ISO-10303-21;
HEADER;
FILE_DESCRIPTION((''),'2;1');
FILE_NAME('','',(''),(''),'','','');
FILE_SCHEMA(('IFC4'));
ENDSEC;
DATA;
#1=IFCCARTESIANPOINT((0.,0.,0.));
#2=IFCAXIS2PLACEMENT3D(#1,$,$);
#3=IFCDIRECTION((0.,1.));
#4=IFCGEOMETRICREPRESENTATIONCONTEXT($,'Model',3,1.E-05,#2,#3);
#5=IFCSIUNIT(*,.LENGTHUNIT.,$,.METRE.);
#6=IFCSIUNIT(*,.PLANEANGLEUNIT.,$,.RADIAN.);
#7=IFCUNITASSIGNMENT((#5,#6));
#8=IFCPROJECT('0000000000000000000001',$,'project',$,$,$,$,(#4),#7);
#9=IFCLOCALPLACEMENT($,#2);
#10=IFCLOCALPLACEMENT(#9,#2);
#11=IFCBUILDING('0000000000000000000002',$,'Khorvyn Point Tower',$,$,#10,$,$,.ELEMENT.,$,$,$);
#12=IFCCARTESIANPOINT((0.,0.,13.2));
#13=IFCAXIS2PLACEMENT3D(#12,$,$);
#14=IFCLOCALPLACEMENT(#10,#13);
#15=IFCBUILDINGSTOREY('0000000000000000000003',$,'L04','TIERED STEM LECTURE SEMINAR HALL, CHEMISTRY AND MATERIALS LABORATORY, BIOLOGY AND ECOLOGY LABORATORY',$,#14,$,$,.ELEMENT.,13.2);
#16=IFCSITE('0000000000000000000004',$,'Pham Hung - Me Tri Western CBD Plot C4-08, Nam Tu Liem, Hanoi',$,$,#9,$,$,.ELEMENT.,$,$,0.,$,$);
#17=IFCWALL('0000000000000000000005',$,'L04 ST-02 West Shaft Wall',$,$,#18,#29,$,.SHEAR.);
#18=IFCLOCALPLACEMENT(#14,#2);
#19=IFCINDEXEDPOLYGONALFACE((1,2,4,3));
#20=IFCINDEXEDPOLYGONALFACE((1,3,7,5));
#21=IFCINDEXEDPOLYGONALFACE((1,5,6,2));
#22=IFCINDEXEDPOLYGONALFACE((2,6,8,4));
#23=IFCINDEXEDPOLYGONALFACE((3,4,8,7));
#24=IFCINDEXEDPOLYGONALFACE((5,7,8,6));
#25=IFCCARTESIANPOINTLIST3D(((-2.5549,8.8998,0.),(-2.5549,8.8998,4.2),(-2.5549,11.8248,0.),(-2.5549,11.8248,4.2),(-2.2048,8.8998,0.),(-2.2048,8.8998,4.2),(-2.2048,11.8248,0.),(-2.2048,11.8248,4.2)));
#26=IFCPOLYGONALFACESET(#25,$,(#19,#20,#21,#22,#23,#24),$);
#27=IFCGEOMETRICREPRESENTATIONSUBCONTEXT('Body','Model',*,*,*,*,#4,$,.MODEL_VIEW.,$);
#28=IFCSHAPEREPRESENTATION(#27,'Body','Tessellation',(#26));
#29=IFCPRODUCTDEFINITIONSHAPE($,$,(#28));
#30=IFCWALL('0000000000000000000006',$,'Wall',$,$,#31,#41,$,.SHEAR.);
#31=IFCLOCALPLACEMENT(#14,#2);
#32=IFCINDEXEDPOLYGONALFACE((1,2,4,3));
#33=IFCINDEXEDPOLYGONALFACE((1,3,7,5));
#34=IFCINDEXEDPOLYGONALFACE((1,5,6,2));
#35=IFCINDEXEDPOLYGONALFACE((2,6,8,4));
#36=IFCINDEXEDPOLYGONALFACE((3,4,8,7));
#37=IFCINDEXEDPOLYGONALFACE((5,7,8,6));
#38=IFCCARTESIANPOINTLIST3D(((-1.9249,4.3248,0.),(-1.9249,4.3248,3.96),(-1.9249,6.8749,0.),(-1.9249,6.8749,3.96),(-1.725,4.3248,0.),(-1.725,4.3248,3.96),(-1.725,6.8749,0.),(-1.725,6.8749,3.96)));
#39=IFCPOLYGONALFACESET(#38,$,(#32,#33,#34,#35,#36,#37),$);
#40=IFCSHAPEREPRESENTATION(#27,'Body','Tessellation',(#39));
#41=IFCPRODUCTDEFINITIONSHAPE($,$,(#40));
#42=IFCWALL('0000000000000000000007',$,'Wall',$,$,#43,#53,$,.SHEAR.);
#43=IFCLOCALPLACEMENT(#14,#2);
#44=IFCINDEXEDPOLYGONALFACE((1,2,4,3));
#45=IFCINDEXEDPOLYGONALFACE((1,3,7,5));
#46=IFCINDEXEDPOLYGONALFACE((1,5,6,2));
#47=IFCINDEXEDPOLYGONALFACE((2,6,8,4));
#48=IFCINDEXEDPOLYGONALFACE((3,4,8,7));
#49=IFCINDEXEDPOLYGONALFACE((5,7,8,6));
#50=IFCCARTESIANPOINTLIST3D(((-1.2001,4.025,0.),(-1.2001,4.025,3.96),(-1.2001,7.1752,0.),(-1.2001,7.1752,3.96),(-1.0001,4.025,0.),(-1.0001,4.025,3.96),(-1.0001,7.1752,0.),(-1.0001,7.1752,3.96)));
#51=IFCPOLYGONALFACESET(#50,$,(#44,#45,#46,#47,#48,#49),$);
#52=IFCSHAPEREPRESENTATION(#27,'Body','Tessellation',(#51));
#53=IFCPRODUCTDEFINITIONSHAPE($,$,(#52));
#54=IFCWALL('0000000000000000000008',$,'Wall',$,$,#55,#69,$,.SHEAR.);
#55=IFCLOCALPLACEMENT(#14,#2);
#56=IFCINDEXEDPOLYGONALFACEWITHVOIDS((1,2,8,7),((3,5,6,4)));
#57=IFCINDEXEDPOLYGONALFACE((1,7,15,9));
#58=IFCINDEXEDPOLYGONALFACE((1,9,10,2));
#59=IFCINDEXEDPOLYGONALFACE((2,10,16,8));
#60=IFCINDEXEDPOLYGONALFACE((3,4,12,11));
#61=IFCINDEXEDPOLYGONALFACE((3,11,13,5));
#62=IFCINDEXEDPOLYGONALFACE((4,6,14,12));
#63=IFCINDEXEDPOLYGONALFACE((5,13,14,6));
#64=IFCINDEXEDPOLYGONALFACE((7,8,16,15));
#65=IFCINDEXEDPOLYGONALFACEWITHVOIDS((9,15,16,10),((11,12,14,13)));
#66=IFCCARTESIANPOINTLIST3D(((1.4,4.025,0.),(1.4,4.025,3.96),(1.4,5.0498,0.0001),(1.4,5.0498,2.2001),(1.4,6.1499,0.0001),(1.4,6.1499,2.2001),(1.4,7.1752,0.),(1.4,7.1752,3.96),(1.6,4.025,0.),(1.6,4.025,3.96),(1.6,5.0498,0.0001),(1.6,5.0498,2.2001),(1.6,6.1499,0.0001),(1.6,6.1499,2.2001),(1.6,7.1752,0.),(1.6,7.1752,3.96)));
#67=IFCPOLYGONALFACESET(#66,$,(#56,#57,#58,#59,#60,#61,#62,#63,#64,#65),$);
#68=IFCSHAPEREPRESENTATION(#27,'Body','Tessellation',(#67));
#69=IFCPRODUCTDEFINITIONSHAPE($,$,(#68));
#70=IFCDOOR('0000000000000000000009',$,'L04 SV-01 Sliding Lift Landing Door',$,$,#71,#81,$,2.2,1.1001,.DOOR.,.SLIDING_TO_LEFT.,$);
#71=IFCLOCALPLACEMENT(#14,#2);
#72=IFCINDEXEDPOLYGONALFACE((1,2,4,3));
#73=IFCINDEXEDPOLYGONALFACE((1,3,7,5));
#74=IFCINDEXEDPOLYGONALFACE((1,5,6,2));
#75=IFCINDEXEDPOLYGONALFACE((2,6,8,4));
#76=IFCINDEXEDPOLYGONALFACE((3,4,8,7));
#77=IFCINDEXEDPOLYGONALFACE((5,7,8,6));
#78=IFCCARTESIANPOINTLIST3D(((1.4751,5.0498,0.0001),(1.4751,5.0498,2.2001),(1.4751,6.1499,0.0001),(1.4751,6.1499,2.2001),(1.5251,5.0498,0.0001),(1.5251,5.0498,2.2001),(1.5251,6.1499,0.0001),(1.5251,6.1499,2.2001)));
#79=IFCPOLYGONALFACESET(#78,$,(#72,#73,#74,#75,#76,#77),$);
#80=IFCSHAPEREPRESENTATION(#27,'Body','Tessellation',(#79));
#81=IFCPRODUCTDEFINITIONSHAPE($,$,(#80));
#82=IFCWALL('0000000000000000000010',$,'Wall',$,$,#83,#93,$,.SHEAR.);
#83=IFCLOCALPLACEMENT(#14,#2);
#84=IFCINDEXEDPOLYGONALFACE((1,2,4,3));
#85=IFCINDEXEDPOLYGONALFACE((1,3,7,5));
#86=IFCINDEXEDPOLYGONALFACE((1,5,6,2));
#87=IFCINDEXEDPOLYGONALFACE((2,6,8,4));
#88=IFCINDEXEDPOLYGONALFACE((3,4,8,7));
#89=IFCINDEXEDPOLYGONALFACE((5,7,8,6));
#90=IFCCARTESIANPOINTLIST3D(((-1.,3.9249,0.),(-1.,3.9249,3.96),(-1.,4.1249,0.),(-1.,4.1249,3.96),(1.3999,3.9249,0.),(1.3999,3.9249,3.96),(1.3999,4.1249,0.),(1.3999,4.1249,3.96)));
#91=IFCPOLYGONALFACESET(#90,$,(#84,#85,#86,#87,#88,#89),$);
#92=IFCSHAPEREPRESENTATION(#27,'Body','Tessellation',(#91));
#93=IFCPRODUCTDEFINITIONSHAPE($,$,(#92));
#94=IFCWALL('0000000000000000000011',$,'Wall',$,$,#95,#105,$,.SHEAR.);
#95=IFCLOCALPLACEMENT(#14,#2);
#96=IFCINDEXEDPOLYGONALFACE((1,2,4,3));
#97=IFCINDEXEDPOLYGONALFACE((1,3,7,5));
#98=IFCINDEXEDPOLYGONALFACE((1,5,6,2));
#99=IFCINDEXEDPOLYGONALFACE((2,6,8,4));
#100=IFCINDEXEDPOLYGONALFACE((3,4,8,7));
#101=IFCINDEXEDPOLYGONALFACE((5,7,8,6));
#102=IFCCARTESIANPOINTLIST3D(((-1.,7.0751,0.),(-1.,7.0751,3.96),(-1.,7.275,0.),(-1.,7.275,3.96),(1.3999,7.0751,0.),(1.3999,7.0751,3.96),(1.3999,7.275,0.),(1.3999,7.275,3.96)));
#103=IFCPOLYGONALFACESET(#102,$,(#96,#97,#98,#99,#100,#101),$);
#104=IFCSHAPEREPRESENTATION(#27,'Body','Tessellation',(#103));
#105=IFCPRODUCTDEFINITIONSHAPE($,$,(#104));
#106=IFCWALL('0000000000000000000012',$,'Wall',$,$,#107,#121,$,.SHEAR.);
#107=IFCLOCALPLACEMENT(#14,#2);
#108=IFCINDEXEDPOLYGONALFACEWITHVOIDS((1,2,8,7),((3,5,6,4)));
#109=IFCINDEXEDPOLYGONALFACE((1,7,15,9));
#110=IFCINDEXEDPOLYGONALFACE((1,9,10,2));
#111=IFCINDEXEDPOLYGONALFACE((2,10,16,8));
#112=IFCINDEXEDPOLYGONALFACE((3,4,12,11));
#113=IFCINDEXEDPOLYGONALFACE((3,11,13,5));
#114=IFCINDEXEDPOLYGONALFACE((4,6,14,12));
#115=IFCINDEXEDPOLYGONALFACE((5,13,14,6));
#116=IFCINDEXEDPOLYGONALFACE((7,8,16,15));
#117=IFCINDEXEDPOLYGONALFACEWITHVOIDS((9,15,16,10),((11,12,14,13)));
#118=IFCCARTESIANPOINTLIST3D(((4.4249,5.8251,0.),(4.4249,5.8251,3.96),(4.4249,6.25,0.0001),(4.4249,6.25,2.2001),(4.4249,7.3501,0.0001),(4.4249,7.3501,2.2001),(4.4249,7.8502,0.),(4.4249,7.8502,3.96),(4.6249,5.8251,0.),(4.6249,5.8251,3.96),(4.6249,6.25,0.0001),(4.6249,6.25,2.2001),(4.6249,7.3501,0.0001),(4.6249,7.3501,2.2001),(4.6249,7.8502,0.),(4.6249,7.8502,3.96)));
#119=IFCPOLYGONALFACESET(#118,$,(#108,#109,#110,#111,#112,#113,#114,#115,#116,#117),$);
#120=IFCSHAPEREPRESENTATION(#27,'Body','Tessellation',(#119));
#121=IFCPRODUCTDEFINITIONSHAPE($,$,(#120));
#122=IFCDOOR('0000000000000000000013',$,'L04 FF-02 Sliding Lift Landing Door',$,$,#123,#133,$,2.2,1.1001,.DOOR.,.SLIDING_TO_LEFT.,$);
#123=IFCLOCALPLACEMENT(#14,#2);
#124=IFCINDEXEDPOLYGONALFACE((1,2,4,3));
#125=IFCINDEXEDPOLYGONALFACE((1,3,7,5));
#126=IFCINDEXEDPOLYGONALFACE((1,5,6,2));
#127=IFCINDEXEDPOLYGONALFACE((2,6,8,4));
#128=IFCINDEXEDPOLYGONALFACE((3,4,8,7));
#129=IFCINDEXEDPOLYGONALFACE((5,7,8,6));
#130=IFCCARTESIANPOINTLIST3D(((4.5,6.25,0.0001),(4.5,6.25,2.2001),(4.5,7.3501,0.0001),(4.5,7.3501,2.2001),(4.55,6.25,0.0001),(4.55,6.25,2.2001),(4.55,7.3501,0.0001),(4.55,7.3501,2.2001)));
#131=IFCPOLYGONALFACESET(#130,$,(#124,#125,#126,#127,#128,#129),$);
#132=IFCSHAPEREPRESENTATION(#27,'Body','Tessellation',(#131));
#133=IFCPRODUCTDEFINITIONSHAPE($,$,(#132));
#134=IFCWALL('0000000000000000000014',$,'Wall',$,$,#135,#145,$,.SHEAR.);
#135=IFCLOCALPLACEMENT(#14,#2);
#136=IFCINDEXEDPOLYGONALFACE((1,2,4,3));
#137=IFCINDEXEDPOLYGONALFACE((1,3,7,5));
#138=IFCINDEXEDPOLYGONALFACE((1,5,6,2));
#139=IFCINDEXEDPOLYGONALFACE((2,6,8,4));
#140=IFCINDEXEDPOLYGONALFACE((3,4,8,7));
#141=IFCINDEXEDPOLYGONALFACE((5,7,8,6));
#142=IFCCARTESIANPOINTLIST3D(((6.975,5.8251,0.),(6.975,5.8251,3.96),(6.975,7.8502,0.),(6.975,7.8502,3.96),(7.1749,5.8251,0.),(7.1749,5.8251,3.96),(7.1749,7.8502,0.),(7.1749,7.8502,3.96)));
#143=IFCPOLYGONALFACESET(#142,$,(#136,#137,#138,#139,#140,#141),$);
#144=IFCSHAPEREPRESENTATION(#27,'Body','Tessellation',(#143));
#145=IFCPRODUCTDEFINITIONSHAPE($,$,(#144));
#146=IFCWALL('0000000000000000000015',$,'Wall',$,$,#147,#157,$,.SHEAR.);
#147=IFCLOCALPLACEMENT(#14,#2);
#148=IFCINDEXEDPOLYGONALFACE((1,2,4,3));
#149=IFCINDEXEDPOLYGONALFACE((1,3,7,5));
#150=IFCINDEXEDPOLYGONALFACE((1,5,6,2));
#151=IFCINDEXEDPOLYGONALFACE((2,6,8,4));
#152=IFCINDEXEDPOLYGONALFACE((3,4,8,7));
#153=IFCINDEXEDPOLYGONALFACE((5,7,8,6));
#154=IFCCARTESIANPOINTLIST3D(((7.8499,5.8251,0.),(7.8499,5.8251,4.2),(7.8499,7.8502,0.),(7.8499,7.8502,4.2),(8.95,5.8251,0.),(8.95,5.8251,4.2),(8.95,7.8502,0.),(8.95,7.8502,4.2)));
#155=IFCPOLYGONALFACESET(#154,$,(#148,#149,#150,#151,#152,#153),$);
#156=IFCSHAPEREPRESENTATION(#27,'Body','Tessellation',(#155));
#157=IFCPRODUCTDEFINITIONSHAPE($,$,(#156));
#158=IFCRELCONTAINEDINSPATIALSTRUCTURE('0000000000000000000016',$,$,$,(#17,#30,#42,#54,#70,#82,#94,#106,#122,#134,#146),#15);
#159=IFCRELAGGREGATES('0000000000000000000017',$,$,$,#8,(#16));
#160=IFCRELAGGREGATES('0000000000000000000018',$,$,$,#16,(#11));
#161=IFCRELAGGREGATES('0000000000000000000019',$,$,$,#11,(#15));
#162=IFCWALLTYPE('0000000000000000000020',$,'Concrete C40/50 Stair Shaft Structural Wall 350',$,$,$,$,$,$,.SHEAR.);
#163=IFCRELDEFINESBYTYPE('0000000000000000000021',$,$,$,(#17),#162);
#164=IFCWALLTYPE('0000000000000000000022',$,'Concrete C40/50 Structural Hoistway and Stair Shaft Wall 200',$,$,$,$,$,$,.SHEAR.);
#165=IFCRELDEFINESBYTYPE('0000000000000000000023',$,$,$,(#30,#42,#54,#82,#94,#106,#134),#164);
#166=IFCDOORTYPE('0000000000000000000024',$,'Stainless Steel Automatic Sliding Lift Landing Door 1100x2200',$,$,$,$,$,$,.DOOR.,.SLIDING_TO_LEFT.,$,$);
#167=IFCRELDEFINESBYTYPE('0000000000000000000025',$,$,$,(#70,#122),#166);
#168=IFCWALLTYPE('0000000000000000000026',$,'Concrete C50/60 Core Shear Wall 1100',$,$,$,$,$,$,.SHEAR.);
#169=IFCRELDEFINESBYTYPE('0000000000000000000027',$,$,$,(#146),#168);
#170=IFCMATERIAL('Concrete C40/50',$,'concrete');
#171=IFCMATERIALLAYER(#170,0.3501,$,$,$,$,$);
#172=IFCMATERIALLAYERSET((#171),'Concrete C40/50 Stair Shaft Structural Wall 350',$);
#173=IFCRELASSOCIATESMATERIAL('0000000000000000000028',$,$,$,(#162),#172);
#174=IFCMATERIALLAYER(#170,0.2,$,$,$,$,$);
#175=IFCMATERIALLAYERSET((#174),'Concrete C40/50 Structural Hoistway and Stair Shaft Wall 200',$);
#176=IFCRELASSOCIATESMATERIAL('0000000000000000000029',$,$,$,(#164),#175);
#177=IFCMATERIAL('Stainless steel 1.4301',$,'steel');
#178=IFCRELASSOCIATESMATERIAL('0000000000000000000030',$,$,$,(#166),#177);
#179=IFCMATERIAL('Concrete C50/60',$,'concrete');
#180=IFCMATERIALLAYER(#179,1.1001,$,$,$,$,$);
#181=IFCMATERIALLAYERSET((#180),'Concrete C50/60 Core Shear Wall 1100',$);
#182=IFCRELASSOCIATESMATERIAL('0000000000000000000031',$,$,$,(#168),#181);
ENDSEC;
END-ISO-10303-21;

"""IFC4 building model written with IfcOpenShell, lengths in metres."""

from ifc_helpers import new_model, si_unit, direction, frame, frame_2d, origin, place, context, subcontext, project, spatial, rectangle, extrude, material, layer, layer_set, type_object, element, fill, save


model = new_model("IFC4")

# Units and contexts
model_context = context("Model", 3, precision=1e-05, world=origin(), true_north=direction((0.0, 1.0)))
body_context = subcontext(model_context, "Body", "Model", "MODEL_VIEW")
ifc_project = project(units=[si_unit("LENGTHUNIT", "METRE"), si_unit("PLANEANGLEUNIT", "RADIAN")], contexts=[model_context])

# Site, building, storey
site_placement = place(None, origin())
site = spatial("IfcSite", under=ifc_project, at=site_placement, Name="Pham Hung - Me Tri Western CBD Plot C4-08, Nam Tu Liem, Hanoi", CompositionType="ELEMENT", RefElevation=0.0)
building_placement = place(site_placement, origin())
building = spatial("IfcBuilding", under=site, at=building_placement, Name="Khorvyn Point Tower", CompositionType="ELEMENT")
storey_placement = place(building_placement, frame((0.0, 0.0, 13.2)))
storey = spatial("IfcBuildingStorey", under=building, at=storey_placement, Name="L04", Description="TIERED STEM LECTURE SEMINAR HALL, CHEMISTRY AND MATERIALS LABORATORY, BIOLOGY AND ECOLOGY LABORATORY", CompositionType="ELEMENT", Elevation=13.2)

# Shared definitions
ifc_material_1 = material(Name="Concrete C40/50", Category="concrete")
ifc_material_2 = material(Name="Concrete C50/60", Category="concrete")

# Walls
ifc_layer_1 = layer(ifc_material_1, 0.3501)
ifc_layer_set_1 = layer_set([ifc_layer_1], Name="Concrete C40/50 Stair Shaft Structural Wall 350")
wall_type_1 = type_object("IfcWallType", Name="Concrete C40/50 Stair Shaft Structural Wall 350", PredefinedType="SHEAR", material=ifc_layer_set_1)
wall_1_placement = place(storey_placement, frame((-2.3799, 8.8999, 0.0), z_axis=(0.0, 0.0, 1.0), x_axis=(0.0, 1.0, 0.0)))
element("IfcWall", 1, at=wall_1_placement, inside=storey, type_object=wall_type_1, Name="L04 ST-02 West Shaft Wall", PredefinedType="SHEAR", context=body_context, shape_type="SweptSolid", body=[
    extrude(rectangle(XDim=2.925, YDim=0.3501, at=frame_2d((1.4624, 0.0))), origin(), (0.0, 0.0, 1.0), 4.2),
])
ifc_layer_2 = layer(ifc_material_1, 0.2)
ifc_layer_set_2 = layer_set([ifc_layer_2], Name="Concrete C40/50 Structural Hoistway and Stair Shaft Wall 200")
wall_type_2 = type_object("IfcWallType", Name="Concrete C40/50 Structural Hoistway and Stair Shaft Wall 200", PredefinedType="SHEAR", material=ifc_layer_set_2)
wall_2_placement = place(storey_placement, frame((-1.825, 4.325, 0.0), z_axis=(0.0, 0.0, 1.0), x_axis=(0.0, 1.0, 0.0)))
element("IfcWall", 2, at=wall_2_placement, inside=storey, type_object=wall_type_2, Name="Wall", PredefinedType="SHEAR", context=body_context, shape_type="SweptSolid", body=[
    extrude(rectangle(XDim=2.55, YDim=0.2, at=frame_2d((1.2749, 0.0))), origin(), (0.0, 0.0, 1.0), 3.96),
])
wall_3_placement = place(storey_placement, frame((-1.1001, 4.0249, 0.0), z_axis=(0.0, 0.0, 1.0), x_axis=(0.0, 1.0, 0.0)))
element("IfcWall", 3, at=wall_3_placement, inside=storey, type_object=wall_type_2, Name="Wall", PredefinedType="SHEAR", context=body_context, shape_type="SweptSolid", body=[
    extrude(rectangle(XDim=3.1501, YDim=0.2, at=frame_2d((1.5752, 0.0))), origin(), (0.0, 0.0, 1.0), 3.96),
])

# Wall, opening, door
wall_4_placement = place(storey_placement, frame((1.5, 4.0249, 0.0), z_axis=(0.0, 0.0, 1.0), x_axis=(0.0, 1.0, 0.0)))
wall_4 = element("IfcWall", 4, at=wall_4_placement, inside=storey, type_object=wall_type_2, Name="Wall", PredefinedType="SHEAR", context=body_context, shape_type="SweptSolid", body=[
    extrude(rectangle(XDim=3.1501, YDim=0.2, at=frame_2d((1.5752, 0.0))), origin(), (0.0, 0.0, 1.0), 3.96),
])
opening_1_placement = place(wall_4_placement, frame((1.0249, 0.0, 0.0)))
opening_1 = element("IfcOpeningElement", 5, at=opening_1_placement, cuts=wall_4, PredefinedType="OPENING", context=body_context, shape_type="SweptSolid", body=[
    extrude(rectangle(XDim=1.1001, YDim=2.2, at=frame_2d((0.55, 1.1001))), frame((0.0, 0.1099, 0.0), z_axis=(0.0, -1.0, 0.0), x_axis=(1.0, 0.0, 0.0)), (0.0, 0.0, 1.0), 0.22),
])
ifc_material_3 = material(Name="Stainless steel 1.4301", Category="steel")
door_type = type_object("IfcDoorType", Name="Stainless Steel Automatic Sliding Lift Landing Door 1100x2200", OperationType="SLIDING_TO_LEFT", PredefinedType="DOOR", material=ifc_material_3)
door_1_placement = place(opening_1_placement, origin())
door_1 = element("IfcDoor", 6, at=door_1_placement, inside=storey, type_object=door_type, Name="L04 SV-01 Sliding Lift Landing Door", OperationType="SLIDING_TO_LEFT", OverallHeight=2.2, OverallWidth=1.1001, PredefinedType="DOOR", context=body_context, shape_type="SweptSolid", body=[
    extrude(rectangle(XDim=1.1001, YDim=2.2, at=frame_2d((0.55, 1.1001))), frame((0.0, 0.0249, 0.0), z_axis=(0.0, -1.0, 0.0), x_axis=(1.0, 0.0, 0.0)), (0.0, 0.0, 1.0), 0.05),
])
fill(opening_1, door_1)

# Walls
for number, where, z_axis, x_axis, name in (
    (7, (-1.0, 4.0249, 0.0), (0.0, 0.0, 1.0), (1.0, 0.0, 0.0), "Wall"),
    (8, (-1.0, 7.175, 0.0), (0.0, 0.0, 1.0), (1.0, 0.0, 0.0), "Wall"),
):
    element("IfcWall", number, at=place(storey_placement, frame(where, z_axis=z_axis, x_axis=x_axis)), inside=storey, type_object=wall_type_2, Name=name, PredefinedType="SHEAR", context=body_context, shape_type="SweptSolid", body=[
        extrude(rectangle(XDim=2.3999, YDim=0.2, at=frame_2d((1.2, 0.0))), origin(), (0.0, 0.0, 1.0), 3.96),
    ])

# Wall, opening, door
wall_5_placement = place(storey_placement, frame((4.5249, 5.825, 0.0), z_axis=(0.0, 0.0, 1.0), x_axis=(0.0, 1.0, 0.0)))
wall_5 = element("IfcWall", 9, at=wall_5_placement, inside=storey, type_object=wall_type_2, Name="Wall", PredefinedType="SHEAR", context=body_context, shape_type="SweptSolid", body=[
    extrude(rectangle(XDim=2.0251, YDim=0.2, at=frame_2d((1.0127, 0.0))), origin(), (0.0, 0.0, 1.0), 3.96),
])
opening_2_placement = place(wall_5_placement, frame((0.425, 0.0, 0.0)))
opening_2 = element("IfcOpeningElement", 10, at=opening_2_placement, cuts=wall_5, PredefinedType="OPENING", context=body_context, shape_type="SweptSolid", body=[
    extrude(rectangle(XDim=1.1001, YDim=2.2, at=frame_2d((0.55, 1.1001))), frame((0.0, 0.1099, 0.0), z_axis=(0.0, -1.0, 0.0), x_axis=(1.0, 0.0, 0.0)), (0.0, 0.0, 1.0), 0.22),
])
door_2_placement = place(opening_2_placement, origin())
door_2 = element("IfcDoor", 11, at=door_2_placement, inside=storey, type_object=door_type, Name="L04 FF-02 Sliding Lift Landing Door", OperationType="SLIDING_TO_LEFT", OverallHeight=2.2, OverallWidth=1.1001, PredefinedType="DOOR", context=body_context, shape_type="SweptSolid", body=[
    extrude(rectangle(XDim=1.1001, YDim=2.2, at=frame_2d((0.55, 1.1001))), frame((0.0, 0.0249, 0.0), z_axis=(0.0, -1.0, 0.0), x_axis=(1.0, 0.0, 0.0)), (0.0, 0.0, 1.0), 0.05),
])
fill(opening_2, door_2)

# Walls
wall_6_placement = place(storey_placement, frame((7.075, 5.825, 0.0), z_axis=(0.0, 0.0, 1.0), x_axis=(0.0, 1.0, 0.0)))
element("IfcWall", 12, at=wall_6_placement, inside=storey, type_object=wall_type_2, Name="Wall", PredefinedType="SHEAR", context=body_context, shape_type="SweptSolid", body=[
    extrude(rectangle(XDim=2.0251, YDim=0.2, at=frame_2d((1.0127, 0.0))), origin(), (0.0, 0.0, 1.0), 3.96),
])
ifc_layer_3 = layer(ifc_material_2, 1.1001)
ifc_layer_set_3 = layer_set([ifc_layer_3], Name="Concrete C50/60 Core Shear Wall 1100")
wall_type_3 = type_object("IfcWallType", Name="Concrete C50/60 Core Shear Wall 1100", PredefinedType="SHEAR", material=ifc_layer_set_3)
wall_7_placement = place(storey_placement, frame((8.3999, 5.825, 0.0), z_axis=(0.0, 0.0, 1.0), x_axis=(0.0, 1.0, 0.0)))
element("IfcWall", 13, at=wall_7_placement, inside=storey, type_object=wall_type_3, Name="Wall", PredefinedType="SHEAR", context=body_context, shape_type="SweptSolid", body=[
    extrude(rectangle(XDim=2.0251, YDim=1.1001, at=frame_2d((1.0127, 0.0))), origin(), (0.0, 0.0, 1.0), 4.2),
])

save(model, "model.ifc")
